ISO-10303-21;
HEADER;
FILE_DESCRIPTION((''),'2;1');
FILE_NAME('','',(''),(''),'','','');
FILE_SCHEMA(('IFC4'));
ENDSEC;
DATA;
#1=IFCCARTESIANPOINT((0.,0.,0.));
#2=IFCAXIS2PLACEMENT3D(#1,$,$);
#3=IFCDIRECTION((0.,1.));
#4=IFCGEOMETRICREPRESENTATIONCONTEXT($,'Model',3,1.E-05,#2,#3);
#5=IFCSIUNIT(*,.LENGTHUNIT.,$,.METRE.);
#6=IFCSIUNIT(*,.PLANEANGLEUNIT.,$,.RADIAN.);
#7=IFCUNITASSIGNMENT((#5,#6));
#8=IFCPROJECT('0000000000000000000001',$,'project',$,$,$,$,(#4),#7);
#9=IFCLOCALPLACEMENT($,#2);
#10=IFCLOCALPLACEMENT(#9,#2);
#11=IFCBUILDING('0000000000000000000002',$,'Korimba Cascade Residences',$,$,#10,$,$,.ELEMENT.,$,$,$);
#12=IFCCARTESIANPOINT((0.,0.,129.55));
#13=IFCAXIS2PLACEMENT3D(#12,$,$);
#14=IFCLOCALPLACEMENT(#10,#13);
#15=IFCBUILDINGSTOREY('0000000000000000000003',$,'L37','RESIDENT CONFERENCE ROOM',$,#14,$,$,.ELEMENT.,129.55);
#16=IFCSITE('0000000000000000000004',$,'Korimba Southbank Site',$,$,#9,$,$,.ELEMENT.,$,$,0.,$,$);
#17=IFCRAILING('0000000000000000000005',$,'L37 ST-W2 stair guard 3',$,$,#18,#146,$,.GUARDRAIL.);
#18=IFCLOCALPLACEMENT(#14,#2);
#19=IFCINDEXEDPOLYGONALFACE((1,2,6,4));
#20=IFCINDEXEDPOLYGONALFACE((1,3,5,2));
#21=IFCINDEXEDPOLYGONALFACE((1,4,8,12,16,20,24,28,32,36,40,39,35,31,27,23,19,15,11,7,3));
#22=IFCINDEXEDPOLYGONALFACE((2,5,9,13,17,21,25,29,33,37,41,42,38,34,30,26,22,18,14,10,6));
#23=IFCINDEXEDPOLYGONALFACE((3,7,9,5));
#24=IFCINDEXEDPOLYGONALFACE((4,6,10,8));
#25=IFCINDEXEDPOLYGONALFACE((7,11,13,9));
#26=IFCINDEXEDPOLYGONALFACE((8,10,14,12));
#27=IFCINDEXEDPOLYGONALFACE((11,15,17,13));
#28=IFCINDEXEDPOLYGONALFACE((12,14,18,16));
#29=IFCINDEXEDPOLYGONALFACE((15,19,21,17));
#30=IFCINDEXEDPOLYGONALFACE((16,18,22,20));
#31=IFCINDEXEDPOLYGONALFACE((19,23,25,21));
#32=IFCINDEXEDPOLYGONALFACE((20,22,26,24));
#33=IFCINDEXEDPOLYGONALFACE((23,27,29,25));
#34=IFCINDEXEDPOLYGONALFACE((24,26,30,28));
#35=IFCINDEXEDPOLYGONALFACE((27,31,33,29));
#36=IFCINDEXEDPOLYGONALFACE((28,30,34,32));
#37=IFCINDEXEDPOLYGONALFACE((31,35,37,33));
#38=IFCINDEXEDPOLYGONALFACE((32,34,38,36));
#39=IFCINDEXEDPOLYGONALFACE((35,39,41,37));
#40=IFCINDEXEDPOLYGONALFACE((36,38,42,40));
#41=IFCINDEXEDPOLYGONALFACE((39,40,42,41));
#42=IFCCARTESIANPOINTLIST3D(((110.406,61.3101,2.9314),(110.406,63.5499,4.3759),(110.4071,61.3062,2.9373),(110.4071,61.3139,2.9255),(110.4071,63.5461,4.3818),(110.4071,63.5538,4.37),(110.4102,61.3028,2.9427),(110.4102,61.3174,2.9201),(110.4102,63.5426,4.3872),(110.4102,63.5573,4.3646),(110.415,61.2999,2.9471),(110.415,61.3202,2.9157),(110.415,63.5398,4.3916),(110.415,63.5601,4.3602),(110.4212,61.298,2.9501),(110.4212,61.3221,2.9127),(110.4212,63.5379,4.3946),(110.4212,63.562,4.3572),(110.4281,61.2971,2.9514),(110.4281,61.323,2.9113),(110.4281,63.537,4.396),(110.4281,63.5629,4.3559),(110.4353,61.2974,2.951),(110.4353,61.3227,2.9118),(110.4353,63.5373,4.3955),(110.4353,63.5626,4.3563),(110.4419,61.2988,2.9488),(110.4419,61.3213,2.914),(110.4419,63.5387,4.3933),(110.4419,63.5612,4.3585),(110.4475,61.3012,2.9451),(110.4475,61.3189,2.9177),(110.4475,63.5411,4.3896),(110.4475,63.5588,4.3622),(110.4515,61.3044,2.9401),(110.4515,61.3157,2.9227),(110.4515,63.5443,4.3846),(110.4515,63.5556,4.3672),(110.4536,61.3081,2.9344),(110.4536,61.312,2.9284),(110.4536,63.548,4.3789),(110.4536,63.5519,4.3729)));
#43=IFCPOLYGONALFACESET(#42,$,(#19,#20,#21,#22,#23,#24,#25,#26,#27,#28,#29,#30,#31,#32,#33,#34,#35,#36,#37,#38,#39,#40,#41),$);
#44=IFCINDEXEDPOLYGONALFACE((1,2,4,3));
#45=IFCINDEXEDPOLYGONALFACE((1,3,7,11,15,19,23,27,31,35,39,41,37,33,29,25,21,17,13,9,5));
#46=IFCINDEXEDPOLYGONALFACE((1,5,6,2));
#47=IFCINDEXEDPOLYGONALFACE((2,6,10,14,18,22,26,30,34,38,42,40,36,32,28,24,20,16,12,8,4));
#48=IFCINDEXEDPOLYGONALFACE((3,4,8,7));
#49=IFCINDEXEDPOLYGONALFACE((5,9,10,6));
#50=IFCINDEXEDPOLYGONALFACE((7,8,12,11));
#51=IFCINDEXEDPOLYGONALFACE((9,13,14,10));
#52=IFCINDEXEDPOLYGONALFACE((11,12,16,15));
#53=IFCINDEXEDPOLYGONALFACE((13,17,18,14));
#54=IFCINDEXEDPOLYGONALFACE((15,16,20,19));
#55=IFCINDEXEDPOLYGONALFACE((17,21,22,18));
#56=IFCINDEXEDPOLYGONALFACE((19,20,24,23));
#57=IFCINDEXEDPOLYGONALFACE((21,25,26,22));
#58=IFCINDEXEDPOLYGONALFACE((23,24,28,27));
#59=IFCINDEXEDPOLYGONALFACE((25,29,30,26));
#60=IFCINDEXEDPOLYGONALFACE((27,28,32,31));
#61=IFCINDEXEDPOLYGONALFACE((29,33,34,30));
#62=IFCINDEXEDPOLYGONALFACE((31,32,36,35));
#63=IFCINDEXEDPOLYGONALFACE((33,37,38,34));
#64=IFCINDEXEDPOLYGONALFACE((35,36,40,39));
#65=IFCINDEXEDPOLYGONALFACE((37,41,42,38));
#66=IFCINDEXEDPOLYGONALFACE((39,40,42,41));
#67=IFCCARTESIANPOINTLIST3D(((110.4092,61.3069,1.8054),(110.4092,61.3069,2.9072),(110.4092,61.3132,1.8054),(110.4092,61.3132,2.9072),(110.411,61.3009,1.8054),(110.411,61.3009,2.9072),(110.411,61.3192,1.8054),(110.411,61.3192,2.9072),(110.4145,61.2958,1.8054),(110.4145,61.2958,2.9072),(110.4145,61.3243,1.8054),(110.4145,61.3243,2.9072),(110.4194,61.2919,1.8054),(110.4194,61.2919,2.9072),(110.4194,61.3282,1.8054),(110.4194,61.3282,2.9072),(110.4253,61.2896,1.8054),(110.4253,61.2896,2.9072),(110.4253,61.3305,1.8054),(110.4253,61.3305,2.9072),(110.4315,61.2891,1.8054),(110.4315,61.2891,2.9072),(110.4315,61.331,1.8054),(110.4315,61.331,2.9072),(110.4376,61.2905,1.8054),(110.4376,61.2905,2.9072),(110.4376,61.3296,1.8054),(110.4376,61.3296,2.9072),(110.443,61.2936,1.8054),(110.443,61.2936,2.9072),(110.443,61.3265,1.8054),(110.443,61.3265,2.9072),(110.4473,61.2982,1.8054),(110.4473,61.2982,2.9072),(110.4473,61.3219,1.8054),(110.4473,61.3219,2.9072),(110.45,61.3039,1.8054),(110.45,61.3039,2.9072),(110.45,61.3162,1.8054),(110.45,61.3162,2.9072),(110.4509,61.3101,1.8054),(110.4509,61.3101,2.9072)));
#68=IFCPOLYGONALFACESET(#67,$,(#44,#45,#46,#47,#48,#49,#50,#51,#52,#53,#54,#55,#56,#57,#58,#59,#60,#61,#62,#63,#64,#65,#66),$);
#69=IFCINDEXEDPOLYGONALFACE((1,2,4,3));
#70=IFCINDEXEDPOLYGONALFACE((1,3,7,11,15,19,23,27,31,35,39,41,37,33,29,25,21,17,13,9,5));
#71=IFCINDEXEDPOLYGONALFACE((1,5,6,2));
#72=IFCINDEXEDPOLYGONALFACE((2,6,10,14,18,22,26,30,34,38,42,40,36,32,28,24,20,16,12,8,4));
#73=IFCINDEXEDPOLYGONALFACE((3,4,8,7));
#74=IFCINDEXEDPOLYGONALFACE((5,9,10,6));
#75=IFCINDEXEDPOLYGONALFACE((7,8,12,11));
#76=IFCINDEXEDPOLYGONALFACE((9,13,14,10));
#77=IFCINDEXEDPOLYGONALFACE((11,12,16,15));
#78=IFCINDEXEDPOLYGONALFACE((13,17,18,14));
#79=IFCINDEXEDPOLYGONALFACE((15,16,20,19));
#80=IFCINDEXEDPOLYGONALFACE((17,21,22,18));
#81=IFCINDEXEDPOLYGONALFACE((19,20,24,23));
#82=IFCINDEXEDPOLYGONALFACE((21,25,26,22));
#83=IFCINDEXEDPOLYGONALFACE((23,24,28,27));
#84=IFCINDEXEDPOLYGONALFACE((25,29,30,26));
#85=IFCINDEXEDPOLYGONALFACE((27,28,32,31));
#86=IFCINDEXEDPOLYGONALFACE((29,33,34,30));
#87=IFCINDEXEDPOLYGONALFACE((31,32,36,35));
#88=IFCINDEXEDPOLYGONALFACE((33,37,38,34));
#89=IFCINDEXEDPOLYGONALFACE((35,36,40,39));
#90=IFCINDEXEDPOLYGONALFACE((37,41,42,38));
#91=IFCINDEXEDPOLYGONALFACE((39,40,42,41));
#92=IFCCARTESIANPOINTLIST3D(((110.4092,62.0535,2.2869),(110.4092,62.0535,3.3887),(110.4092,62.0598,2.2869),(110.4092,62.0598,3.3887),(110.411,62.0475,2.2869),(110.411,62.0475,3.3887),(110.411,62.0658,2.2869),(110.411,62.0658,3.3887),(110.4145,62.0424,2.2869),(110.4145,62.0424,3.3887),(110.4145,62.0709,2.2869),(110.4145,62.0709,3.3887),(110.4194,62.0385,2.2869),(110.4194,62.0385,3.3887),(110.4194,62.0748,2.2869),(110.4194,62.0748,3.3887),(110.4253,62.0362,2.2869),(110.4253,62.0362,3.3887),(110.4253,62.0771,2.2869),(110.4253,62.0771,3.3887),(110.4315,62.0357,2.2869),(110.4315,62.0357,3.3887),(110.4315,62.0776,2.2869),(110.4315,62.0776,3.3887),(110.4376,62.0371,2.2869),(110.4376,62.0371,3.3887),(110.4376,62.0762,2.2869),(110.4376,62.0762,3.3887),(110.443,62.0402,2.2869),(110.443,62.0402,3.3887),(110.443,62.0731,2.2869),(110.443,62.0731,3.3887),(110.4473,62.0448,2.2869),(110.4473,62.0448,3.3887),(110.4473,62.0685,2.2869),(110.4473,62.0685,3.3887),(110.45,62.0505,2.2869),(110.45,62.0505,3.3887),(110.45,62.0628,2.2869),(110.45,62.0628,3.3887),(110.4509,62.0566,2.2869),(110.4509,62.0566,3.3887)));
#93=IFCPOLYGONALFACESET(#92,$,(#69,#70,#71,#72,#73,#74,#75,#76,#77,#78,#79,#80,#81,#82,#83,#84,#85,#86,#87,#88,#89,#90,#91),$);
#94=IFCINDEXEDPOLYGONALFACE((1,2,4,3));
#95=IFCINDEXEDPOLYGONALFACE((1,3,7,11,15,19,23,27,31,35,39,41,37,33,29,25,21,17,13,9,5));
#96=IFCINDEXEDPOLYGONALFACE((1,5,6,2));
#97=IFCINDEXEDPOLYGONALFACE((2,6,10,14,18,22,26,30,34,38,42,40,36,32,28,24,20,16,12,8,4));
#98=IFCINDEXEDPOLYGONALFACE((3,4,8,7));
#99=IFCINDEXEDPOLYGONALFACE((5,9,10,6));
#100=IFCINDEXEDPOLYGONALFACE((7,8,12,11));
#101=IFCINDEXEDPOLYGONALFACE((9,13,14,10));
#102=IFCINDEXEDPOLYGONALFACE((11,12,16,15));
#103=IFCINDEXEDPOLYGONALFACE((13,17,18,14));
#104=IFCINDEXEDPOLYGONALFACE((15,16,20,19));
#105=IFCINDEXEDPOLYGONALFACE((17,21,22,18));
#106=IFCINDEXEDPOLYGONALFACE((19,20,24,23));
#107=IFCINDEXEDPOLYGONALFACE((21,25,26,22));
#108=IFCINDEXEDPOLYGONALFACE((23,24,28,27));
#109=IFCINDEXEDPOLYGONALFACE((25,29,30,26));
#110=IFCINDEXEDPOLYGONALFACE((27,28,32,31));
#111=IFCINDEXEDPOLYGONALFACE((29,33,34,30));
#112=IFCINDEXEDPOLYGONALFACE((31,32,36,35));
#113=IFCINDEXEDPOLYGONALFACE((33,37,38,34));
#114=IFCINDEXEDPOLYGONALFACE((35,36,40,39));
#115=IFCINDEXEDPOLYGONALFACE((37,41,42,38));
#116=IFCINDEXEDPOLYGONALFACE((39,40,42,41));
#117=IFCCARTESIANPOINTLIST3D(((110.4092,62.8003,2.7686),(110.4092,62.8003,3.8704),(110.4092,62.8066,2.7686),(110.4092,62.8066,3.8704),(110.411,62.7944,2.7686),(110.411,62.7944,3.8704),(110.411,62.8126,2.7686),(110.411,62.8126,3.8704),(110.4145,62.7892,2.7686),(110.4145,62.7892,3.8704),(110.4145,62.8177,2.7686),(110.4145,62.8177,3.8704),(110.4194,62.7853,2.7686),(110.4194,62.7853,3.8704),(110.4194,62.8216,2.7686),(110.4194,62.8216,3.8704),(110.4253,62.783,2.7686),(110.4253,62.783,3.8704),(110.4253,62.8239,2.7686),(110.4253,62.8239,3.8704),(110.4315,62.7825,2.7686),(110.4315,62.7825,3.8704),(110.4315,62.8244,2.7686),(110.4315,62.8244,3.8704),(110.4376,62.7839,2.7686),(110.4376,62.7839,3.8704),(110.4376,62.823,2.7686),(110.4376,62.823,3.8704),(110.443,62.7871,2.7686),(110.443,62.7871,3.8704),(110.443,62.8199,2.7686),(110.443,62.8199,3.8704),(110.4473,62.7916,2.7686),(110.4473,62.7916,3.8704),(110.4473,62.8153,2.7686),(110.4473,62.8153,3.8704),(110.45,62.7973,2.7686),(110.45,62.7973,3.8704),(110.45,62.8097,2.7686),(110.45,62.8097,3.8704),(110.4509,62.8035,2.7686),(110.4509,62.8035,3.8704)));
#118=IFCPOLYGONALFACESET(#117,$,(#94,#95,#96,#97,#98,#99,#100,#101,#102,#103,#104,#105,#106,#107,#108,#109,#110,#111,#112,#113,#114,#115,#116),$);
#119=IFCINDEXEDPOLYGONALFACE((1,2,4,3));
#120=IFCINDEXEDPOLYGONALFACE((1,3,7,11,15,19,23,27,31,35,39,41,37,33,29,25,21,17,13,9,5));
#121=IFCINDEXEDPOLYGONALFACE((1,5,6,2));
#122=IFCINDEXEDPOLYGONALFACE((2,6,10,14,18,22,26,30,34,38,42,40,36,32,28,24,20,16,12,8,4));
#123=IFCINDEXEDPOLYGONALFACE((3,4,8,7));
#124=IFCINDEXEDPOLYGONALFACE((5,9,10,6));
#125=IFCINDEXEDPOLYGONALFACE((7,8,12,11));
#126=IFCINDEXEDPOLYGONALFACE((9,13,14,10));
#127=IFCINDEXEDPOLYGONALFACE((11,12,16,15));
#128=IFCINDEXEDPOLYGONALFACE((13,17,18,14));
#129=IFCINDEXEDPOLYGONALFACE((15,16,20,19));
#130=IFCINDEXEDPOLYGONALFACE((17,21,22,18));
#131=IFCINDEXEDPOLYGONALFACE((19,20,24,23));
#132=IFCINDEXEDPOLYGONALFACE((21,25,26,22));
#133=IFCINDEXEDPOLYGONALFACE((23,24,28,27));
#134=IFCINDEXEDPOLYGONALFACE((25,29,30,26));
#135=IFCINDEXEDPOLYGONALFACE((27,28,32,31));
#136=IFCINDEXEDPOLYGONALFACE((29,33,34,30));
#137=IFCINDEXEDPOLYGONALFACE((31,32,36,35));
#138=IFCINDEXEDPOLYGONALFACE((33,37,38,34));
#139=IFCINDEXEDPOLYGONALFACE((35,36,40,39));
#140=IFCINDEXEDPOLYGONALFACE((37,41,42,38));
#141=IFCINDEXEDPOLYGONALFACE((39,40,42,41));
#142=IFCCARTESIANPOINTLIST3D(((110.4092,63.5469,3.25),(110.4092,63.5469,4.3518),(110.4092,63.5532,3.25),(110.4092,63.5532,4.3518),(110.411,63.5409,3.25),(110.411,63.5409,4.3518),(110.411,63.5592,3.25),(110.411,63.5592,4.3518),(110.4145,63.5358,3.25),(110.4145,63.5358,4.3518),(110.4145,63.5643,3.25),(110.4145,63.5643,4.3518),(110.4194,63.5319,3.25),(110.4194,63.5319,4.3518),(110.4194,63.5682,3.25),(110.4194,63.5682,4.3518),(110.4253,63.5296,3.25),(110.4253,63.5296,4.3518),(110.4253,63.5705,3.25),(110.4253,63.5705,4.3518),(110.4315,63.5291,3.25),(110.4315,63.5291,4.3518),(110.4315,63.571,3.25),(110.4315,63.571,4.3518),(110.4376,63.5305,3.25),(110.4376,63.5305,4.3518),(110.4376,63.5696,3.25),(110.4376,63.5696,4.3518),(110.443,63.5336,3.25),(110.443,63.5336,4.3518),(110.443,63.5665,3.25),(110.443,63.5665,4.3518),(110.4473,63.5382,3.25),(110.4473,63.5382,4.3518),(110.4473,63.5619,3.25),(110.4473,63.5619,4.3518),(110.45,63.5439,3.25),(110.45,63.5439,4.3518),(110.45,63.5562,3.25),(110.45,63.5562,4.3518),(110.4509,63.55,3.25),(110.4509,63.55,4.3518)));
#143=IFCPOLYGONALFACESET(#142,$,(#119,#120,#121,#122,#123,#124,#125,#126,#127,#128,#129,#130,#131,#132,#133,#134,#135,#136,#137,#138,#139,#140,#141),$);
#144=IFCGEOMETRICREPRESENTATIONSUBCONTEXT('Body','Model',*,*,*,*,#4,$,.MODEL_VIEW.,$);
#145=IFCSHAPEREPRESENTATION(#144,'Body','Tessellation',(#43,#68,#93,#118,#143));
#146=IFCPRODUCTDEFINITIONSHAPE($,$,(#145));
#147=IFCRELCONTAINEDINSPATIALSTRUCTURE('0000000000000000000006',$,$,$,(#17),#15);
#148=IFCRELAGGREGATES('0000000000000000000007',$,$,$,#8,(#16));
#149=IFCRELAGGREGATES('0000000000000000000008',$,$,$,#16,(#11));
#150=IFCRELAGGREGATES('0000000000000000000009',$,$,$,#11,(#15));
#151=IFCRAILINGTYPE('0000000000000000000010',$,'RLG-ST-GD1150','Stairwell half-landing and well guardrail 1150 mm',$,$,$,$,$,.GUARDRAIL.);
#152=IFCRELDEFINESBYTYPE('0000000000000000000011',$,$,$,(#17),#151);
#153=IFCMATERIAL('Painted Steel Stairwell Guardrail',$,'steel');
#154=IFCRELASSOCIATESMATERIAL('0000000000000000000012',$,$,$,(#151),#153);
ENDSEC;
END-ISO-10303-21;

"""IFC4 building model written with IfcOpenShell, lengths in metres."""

from ifc_helpers import new_model, si_unit, direction, frame, origin, origin_2d, place, context, subcontext, project, spatial, circle, extrude, material, type_object, element, save


model = new_model("IFC4")

# Units and contexts
model_context = context("Model", 3, precision=1e-05, world=origin(), true_north=direction((0.0, 1.0)))
body_context = subcontext(model_context, "Body", "Model", "MODEL_VIEW")
ifc_project = project(units=[si_unit("LENGTHUNIT", "METRE"), si_unit("PLANEANGLEUNIT", "RADIAN")], contexts=[model_context])

# Site, building, storey
site_placement = place(None, origin())
site = spatial("IfcSite", under=ifc_project, at=site_placement, Name="Korimba Southbank Site", CompositionType="ELEMENT", RefElevation=0.0)
building_placement = place(site_placement, origin())
building = spatial("IfcBuilding", under=site, at=building_placement, Name="Korimba Cascade Residences", CompositionType="ELEMENT")
storey_placement = place(building_placement, frame((0.0, 0.0, 129.55)))
storey = spatial("IfcBuildingStorey", under=building, at=storey_placement, Name="L37", Description="RESIDENT CONFERENCE ROOM", CompositionType="ELEMENT", Elevation=129.55)

# Railing
ifc_material_1 = material(Name="Painted Steel Stairwell Guardrail", Category="steel")
railing_type_1 = type_object("IfcRailingType", Name="RLG-ST-GD1150", Description="Stairwell half-landing and well guardrail 1150 mm", PredefinedType="GUARDRAIL", material=ifc_material_1)
railing_1_placement = place(storey_placement, frame((110.4299, 61.3101, 1.8054)))
element("IfcRailing", 1, at=railing_1_placement, inside=storey, type_object=railing_type_1, Name="L37 ST-W2 stair guard 3", PredefinedType="GUARDRAIL", context=body_context, shape_type="SweptSolid", body=[
    extrude(circle(Radius=0.0239, at=origin_2d()), frame((0.0, 0.0, 1.126), z_axis=(0.0, 0.840395, 0.541975), x_axis=(-1.0, 0.0, 0.0)), (0.0, 0.0, 1.0), 2.6653),
    extrude(circle(Radius=0.021, at=origin_2d()), origin(), (0.0, 0.0, 1.0), 1.1018),
    extrude(circle(Radius=0.021, at=origin_2d()), frame((0.0, 0.7466, 0.4814)), (0.0, 0.0, 1.0), 1.1018),
    extrude(circle(Radius=0.021, at=origin_2d()), frame((0.0, 1.4934, 0.9631)), (0.0, 0.0, 1.0), 1.1018),
    extrude(circle(Radius=0.021, at=origin_2d()), frame((0.0, 2.24, 1.4446)), (0.0, 0.0, 1.0), 1.1018),
])

save(model, "model.ifc")
